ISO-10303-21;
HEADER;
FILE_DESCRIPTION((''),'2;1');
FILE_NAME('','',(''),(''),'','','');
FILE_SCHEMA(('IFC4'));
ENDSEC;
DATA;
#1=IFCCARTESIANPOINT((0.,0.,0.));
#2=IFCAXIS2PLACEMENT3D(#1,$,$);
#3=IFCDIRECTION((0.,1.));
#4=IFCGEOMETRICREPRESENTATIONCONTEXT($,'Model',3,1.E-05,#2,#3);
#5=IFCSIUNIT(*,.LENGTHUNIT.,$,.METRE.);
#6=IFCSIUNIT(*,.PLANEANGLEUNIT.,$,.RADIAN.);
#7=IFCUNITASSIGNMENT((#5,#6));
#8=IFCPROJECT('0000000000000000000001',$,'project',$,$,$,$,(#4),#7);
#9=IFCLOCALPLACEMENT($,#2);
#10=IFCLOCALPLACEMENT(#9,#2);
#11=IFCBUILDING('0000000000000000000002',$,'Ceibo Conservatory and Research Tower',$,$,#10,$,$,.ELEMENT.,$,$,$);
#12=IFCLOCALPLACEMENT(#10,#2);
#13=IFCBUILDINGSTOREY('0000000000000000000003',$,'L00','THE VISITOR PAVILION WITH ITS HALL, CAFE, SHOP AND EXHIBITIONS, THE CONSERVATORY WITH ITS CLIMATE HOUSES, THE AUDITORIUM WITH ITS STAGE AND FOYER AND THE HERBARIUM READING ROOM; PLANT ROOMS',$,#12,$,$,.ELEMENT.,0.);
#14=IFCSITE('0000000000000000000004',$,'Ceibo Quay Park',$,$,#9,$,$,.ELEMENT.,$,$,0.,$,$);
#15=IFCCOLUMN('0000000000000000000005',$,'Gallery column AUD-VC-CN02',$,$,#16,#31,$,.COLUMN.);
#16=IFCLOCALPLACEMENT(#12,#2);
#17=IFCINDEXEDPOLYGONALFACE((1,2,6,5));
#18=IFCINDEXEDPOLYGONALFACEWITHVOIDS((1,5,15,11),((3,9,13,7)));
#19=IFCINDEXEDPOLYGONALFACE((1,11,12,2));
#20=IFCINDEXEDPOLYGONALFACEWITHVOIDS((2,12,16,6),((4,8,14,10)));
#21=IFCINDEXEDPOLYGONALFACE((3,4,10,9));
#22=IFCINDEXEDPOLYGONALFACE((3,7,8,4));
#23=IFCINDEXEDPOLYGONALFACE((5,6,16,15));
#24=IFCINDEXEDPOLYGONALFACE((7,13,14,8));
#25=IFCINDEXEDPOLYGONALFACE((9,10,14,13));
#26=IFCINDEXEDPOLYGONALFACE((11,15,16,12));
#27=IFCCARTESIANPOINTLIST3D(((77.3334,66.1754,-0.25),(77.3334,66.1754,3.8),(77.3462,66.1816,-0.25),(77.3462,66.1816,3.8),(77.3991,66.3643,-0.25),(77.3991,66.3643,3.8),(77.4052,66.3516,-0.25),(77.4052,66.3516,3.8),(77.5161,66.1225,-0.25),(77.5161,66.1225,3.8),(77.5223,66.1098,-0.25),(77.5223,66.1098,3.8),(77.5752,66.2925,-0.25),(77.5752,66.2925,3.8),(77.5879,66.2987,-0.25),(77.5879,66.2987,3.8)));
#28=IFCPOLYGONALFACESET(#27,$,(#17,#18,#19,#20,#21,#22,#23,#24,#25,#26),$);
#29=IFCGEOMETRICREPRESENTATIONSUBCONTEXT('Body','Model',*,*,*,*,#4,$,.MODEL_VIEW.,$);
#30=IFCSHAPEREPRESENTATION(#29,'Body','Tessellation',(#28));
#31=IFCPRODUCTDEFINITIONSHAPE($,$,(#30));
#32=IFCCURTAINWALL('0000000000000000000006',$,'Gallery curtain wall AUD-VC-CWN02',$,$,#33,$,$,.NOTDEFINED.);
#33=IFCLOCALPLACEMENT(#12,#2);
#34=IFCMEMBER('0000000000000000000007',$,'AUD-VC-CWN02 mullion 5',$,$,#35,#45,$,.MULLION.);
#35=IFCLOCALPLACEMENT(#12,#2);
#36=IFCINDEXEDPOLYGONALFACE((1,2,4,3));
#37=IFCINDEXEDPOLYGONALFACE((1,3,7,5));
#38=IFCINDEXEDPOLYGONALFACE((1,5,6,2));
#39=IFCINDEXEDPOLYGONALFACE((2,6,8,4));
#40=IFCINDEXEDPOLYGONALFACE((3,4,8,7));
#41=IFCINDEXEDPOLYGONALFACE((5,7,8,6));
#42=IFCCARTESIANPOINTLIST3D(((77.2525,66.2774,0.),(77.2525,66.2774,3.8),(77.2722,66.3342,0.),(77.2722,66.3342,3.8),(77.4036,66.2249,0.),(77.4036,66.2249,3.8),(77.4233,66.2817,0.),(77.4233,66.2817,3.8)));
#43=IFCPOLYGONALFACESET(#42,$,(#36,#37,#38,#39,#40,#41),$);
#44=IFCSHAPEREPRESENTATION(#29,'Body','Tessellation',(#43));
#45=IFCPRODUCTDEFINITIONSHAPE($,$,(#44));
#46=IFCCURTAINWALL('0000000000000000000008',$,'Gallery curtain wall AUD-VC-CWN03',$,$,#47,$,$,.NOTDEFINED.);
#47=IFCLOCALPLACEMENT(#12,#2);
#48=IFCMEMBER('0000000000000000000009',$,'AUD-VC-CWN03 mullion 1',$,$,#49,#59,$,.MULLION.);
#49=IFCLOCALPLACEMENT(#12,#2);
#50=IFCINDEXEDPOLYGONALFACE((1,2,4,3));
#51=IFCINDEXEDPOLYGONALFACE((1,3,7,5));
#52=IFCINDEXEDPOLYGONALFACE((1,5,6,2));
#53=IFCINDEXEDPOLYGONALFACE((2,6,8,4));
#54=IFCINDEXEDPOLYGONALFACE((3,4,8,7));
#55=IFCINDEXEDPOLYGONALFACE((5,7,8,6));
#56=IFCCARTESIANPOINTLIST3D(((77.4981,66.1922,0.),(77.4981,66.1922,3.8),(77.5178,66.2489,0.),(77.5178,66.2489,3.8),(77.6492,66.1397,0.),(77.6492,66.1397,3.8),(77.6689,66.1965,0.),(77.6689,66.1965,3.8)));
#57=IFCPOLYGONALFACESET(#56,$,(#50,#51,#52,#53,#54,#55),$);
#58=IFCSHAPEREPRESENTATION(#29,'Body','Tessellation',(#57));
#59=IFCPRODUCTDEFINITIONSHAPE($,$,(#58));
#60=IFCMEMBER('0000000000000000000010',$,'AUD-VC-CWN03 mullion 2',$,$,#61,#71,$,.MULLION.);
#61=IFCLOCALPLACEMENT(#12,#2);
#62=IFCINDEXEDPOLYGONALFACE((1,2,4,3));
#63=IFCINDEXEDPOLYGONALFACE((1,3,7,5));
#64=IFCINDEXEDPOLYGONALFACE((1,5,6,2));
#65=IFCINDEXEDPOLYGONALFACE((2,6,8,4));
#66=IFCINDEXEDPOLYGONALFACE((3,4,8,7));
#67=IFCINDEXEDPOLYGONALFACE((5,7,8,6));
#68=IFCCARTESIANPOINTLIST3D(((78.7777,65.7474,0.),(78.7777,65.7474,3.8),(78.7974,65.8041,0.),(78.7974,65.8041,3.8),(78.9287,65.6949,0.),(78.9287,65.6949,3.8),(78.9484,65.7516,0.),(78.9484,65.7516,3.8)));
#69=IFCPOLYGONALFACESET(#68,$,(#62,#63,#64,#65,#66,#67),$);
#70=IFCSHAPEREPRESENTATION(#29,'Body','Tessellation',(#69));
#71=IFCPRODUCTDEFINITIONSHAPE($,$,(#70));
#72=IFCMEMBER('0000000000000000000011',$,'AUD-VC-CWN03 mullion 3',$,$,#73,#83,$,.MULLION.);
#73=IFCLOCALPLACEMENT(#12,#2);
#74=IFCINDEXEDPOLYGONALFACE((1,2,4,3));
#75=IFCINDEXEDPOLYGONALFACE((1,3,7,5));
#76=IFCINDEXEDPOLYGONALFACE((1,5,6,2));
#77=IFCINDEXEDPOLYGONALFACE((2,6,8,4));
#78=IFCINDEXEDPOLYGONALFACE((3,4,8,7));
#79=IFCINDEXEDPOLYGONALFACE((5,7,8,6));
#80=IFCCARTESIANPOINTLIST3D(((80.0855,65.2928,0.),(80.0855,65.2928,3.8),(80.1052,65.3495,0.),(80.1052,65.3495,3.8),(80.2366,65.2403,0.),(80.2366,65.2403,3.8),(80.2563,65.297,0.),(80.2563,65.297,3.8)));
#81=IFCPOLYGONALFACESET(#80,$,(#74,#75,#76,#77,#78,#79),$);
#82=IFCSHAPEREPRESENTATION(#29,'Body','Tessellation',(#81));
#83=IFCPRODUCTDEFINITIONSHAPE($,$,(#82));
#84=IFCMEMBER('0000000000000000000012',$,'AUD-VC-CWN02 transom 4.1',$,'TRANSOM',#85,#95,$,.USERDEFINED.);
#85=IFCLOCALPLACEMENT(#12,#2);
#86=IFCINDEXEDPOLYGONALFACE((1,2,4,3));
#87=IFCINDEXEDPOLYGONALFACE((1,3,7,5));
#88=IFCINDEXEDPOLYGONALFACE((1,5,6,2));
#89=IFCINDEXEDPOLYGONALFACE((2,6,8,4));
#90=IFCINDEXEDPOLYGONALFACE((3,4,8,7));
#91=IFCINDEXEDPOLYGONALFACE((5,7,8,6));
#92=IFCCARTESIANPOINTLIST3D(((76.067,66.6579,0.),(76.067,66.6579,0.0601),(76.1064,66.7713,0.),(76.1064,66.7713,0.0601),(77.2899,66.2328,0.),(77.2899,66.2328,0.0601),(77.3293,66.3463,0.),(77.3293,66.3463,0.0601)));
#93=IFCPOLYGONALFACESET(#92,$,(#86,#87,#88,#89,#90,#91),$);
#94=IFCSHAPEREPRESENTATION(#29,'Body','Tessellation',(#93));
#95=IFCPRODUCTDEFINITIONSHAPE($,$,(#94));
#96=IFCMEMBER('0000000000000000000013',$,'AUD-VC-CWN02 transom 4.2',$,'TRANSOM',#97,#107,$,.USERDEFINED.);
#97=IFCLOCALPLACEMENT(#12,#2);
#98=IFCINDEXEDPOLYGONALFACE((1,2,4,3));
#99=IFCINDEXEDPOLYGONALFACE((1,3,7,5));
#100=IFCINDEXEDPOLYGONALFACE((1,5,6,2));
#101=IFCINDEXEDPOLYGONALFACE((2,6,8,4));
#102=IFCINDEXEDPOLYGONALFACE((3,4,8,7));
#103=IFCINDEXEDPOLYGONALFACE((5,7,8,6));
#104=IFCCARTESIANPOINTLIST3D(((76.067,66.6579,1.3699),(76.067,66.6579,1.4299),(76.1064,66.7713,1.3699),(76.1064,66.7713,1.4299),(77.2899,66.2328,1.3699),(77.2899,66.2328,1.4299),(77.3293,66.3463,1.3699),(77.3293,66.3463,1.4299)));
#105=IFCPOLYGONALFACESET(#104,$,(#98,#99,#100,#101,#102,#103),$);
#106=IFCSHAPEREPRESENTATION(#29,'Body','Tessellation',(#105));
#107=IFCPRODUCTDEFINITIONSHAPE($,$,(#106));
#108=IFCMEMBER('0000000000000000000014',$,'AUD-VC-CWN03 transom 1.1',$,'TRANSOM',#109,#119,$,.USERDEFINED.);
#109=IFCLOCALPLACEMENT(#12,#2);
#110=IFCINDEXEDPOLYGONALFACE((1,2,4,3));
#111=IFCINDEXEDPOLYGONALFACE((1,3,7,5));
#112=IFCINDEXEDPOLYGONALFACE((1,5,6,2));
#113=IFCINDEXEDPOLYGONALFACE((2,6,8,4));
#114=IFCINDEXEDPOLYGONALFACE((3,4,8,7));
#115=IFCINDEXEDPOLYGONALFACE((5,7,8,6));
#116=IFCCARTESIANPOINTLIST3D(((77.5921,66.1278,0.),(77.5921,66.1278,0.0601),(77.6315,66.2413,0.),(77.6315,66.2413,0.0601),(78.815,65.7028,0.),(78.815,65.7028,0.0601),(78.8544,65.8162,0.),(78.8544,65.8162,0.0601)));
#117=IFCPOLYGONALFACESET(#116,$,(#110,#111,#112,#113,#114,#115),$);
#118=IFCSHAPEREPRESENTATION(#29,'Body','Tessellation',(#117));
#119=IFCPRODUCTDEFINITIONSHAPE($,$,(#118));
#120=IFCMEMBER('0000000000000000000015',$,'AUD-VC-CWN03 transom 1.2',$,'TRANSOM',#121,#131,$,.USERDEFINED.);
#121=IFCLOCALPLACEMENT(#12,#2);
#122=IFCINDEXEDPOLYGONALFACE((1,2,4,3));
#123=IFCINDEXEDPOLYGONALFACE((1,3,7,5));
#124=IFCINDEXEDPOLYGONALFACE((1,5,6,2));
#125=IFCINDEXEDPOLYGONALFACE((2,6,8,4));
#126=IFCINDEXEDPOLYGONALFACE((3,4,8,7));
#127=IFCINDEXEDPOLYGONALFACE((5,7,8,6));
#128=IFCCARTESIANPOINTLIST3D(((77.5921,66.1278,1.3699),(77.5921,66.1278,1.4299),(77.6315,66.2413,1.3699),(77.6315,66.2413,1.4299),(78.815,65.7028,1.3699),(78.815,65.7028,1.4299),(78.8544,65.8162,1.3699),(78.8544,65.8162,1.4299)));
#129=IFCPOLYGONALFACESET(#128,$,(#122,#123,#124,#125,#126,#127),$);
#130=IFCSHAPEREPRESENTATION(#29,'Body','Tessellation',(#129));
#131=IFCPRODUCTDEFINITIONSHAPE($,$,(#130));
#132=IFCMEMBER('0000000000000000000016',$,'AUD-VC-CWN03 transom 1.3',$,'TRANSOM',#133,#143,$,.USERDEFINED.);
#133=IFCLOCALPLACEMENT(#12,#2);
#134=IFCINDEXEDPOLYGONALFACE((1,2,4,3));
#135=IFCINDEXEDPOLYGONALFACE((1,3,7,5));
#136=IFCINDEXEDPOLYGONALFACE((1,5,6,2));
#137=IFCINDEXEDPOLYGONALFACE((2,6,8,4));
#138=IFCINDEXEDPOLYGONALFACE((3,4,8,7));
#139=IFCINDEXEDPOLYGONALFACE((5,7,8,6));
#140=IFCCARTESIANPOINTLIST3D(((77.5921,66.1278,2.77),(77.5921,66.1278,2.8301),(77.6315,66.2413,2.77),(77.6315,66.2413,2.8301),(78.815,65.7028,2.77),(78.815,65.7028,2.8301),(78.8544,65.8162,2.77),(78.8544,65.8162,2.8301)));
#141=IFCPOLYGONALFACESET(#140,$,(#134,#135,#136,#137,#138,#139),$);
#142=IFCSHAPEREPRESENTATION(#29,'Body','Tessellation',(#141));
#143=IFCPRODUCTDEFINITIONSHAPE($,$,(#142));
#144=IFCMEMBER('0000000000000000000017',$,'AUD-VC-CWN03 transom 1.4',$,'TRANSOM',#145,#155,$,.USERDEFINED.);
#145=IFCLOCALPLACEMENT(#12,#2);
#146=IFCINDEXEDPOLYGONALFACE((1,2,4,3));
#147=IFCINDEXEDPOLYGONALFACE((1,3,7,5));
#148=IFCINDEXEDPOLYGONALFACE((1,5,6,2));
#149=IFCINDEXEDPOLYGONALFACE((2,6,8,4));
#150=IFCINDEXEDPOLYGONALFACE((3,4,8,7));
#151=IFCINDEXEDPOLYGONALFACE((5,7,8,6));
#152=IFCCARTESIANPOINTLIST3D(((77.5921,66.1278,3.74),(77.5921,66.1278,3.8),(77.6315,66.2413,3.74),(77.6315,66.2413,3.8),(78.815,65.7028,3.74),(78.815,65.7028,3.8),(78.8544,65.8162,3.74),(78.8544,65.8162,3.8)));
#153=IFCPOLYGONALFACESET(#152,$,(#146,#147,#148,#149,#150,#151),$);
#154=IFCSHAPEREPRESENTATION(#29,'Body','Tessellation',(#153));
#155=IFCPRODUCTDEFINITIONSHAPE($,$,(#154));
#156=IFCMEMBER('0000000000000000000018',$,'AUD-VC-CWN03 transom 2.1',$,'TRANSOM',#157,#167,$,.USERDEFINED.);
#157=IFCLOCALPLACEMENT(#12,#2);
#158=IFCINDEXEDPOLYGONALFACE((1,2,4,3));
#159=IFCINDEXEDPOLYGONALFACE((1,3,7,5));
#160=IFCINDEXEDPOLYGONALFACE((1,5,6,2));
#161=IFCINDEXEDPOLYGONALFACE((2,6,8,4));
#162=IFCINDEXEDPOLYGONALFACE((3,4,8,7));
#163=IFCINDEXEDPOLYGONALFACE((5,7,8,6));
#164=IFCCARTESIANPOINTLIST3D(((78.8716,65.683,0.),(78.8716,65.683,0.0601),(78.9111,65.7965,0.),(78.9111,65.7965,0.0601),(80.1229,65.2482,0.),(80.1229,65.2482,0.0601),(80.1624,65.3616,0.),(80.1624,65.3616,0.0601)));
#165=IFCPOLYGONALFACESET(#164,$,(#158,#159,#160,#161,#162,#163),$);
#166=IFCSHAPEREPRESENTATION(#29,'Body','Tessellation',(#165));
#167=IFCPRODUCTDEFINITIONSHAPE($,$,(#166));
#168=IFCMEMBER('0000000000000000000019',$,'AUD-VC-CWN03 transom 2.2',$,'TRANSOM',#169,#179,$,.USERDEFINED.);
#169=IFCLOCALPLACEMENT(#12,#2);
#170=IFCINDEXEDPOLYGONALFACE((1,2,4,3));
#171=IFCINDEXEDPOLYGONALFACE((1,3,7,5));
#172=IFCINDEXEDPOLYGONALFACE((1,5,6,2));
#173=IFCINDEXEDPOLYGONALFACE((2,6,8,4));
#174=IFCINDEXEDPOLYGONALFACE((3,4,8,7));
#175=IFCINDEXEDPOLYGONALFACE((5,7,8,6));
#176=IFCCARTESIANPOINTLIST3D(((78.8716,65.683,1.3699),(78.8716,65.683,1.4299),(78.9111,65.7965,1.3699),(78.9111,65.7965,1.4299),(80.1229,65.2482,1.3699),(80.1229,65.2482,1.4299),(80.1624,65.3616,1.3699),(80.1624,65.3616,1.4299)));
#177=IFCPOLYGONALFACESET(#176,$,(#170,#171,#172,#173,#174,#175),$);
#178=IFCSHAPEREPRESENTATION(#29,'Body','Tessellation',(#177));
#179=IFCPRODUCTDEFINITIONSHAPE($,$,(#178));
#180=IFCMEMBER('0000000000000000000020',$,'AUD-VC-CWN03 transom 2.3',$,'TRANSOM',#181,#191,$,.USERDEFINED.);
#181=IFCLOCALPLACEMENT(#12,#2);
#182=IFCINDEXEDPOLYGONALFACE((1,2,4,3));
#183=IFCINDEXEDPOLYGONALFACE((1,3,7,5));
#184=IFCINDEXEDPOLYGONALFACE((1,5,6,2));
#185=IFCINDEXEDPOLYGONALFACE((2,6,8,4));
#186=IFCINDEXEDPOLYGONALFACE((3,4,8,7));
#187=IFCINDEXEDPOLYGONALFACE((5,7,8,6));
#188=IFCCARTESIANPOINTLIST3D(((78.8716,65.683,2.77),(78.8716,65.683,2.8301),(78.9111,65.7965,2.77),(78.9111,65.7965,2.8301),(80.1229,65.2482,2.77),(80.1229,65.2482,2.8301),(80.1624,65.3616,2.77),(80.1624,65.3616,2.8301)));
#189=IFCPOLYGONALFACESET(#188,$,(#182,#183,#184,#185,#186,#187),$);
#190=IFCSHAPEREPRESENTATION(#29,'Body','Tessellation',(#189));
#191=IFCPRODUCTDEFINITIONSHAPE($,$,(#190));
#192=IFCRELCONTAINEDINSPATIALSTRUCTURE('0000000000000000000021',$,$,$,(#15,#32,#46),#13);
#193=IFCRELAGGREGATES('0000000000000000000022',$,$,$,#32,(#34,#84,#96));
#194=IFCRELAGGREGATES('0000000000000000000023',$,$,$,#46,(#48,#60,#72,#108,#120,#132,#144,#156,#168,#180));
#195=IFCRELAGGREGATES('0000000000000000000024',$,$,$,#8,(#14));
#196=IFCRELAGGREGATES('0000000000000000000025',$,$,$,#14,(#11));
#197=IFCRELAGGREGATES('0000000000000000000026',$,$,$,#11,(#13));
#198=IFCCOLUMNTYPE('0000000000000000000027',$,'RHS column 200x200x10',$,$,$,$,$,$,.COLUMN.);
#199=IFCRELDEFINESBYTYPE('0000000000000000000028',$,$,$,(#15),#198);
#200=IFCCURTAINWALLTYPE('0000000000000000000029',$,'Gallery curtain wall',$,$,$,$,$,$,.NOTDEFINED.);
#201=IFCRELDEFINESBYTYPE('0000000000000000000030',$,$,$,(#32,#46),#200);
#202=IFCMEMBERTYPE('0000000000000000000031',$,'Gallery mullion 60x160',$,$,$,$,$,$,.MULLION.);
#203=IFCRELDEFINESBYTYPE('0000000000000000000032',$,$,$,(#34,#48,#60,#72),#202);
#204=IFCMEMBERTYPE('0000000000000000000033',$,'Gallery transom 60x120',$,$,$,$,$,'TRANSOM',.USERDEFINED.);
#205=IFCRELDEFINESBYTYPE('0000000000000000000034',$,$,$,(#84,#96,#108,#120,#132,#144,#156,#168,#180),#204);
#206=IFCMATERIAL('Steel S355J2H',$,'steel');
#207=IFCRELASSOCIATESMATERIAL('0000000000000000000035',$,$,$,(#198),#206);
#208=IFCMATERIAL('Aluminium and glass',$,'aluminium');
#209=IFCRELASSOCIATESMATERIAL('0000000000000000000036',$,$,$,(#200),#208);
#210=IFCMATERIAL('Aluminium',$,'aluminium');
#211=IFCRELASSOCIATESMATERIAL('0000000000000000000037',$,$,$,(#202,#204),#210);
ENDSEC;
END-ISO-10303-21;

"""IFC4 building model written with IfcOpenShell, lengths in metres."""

from ifc_helpers import new_model, si_unit, direction, frame, origin, origin_2d, place, context, subcontext, project, spatial, rectangle, hollow_rectangle, extrude, material, material_profile, profile_set, type_object, element, aggregate, save


model = new_model("IFC4")

# Units and contexts
model_context = context("Model", 3, precision=1e-05, world=origin(), true_north=direction((0.0, 1.0)))
body_context = subcontext(model_context, "Body", "Model", "MODEL_VIEW")
ifc_project = project(units=[si_unit("LENGTHUNIT", "METRE"), si_unit("PLANEANGLEUNIT", "RADIAN")], contexts=[model_context])

# Site, building, storey
site_placement = place(None, origin())
site = spatial("IfcSite", under=ifc_project, at=site_placement, Name="Ceibo Quay Park", CompositionType="ELEMENT", RefElevation=0.0)
building_placement = place(site_placement, origin())
building = spatial("IfcBuilding", under=site, at=building_placement, Name="Ceibo Conservatory and Research Tower", CompositionType="ELEMENT")
storey_placement = place(building_placement, origin())
storey = spatial("IfcBuildingStorey", under=building, at=storey_placement, Name="L00", Description="THE VISITOR PAVILION WITH ITS HALL, CAFE, SHOP AND EXHIBITIONS, THE CONSERVATORY WITH ITS CLIMATE HOUSES, THE AUDITORIUM WITH ITS STAGE AND FOYER AND THE HERBARIUM READING ROOM; PLANT ROOMS", CompositionType="ELEMENT", Elevation=0.0)

# Column
ifc_material_1 = material(Name="Steel S355J2H", Category="steel")
ifc_material_profile_1 = material_profile(ifc_material_1, hollow_rectangle(XDim=0.2, YDim=0.2, WallThickness=0.01, at=origin_2d()), Name="RHS column 200x200x10")
ifc_profile_set_1 = profile_set([ifc_material_profile_1], Name="Steel S355J2H")
column_type = type_object("IfcColumnType", Name="RHS column 200x200x10", PredefinedType="COLUMN", material=ifc_profile_set_1)
column_placement = place(storey_placement, frame((77.4607, 66.2371, -0.25), z_axis=(0.0, 0.0, 1.0), x_axis=(0.944579, -0.328284, 0.0)))
element("IfcColumn", 1, at=column_placement, inside=storey, type_object=column_type, Name="Gallery column AUD-VC-CN02", PredefinedType="COLUMN", context=body_context, shape_type="SweptSolid", body=[
    extrude(hollow_rectangle(XDim=0.2, YDim=0.2, WallThickness=0.01, at=origin_2d()), origin(), (0.0, 0.0, 1.0), 4.05),
])

# Curtain wall, member
ifc_material_2 = material(Name="Aluminium and glass", Category="aluminium")
curtain_wall_type = type_object("IfcCurtainWallType", Name="Gallery curtain wall", PredefinedType="NOTDEFINED", material=ifc_material_2)
curtain_wall_1_placement = place(storey_placement, origin())
curtain_wall_1 = element("IfcCurtainWall", 2, at=curtain_wall_1_placement, inside=storey, type_object=curtain_wall_type, Name="Gallery curtain wall AUD-VC-CWN02", PredefinedType="NOTDEFINED")
ifc_material_3 = material(Name="Aluminium", Category="aluminium")
ifc_material_profile_2 = material_profile(ifc_material_3, rectangle(XDim=0.0601, YDim=0.1599, at=origin_2d()), Name="AL 60x160")
ifc_profile_set_2 = profile_set([ifc_material_profile_2], Name="Aluminium")
member_type_1 = type_object("IfcMemberType", Name="Gallery mullion 60x160", PredefinedType="MULLION", material=ifc_profile_set_2)
member_1_placement = place(storey_placement, frame((77.3379, 66.2795, 0.0), z_axis=(0.0, 0.0, 1.0), x_axis=(0.328284, 0.944579, 0.0)))
member_1 = element("IfcMember", 3, at=member_1_placement, type_object=member_type_1, Name="AUD-VC-CWN02 mullion 5", PredefinedType="MULLION", context=body_context, shape_type="SweptSolid", body=[
    extrude(rectangle(XDim=0.0601, YDim=0.1599, at=origin_2d()), origin(), (0.0, 0.0, 1.0), 3.8),
])

# Curtain wall, members
curtain_wall_2_placement = place(storey_placement, origin())
curtain_wall_2 = element("IfcCurtainWall", 4, at=curtain_wall_2_placement, inside=storey, type_object=curtain_wall_type, Name="Gallery curtain wall AUD-VC-CWN03", PredefinedType="NOTDEFINED")
member_2_placement = place(storey_placement, frame((77.5835, 66.1943, 0.0), z_axis=(0.0, 0.0, 1.0), x_axis=(0.328284, 0.944579, 0.0)))
member_2 = element("IfcMember", 5, at=member_2_placement, type_object=member_type_1, Name="AUD-VC-CWN03 mullion 1", PredefinedType="MULLION", context=body_context, shape_type="SweptSolid", body=[
    extrude(rectangle(XDim=0.0601, YDim=0.1599, at=origin_2d()), origin(), (0.0, 0.0, 1.0), 3.8),
])
member_3_placement = place(storey_placement, frame((78.863, 65.7495, 0.0), z_axis=(0.0, 0.0, 1.0), x_axis=(0.328284, 0.944579, 0.0)))
member_3 = element("IfcMember", 6, at=member_3_placement, type_object=member_type_1, Name="AUD-VC-CWN03 mullion 2", PredefinedType="MULLION", context=body_context, shape_type="SweptSolid", body=[
    extrude(rectangle(XDim=0.0601, YDim=0.1599, at=origin_2d()), origin(), (0.0, 0.0, 1.0), 3.8),
])
member_4_placement = place(storey_placement, frame((80.1709, 65.2949, 0.0), z_axis=(0.0, 0.0, 1.0), x_axis=(0.328284, 0.944579, 0.0)))
member_4 = element("IfcMember", 7, at=member_4_placement, type_object=member_type_1, Name="AUD-VC-CWN03 mullion 3", PredefinedType="MULLION", context=body_context, shape_type="SweptSolid", body=[
    extrude(rectangle(XDim=0.0601, YDim=0.1599, at=origin_2d()), origin(), (0.0, 0.0, 1.0), 3.8),
])

# Members
ifc_material_profile_3 = material_profile(ifc_material_3, rectangle(XDim=0.1201, YDim=0.0601, at=origin_2d()), Name="AL 60x120")
ifc_profile_set_3 = profile_set([ifc_material_profile_3], Name="Aluminium")
member_type_2 = type_object("IfcMemberType", Name="Gallery transom 60x120", ElementType="TRANSOM", PredefinedType="USERDEFINED", material=ifc_profile_set_3)
member_5_placement = place(storey_placement, frame((76.0867, 66.7146, 0.03), z_axis=(0.944571, -0.328309, 0.0), x_axis=(0.328309, 0.944571, 0.0)))
member_5 = element("IfcMember", 8, at=member_5_placement, type_object=member_type_2, Name="AUD-VC-CWN02 transom 4.1", ObjectType="TRANSOM", PredefinedType="USERDEFINED", context=body_context, shape_type="SweptSolid", body=[
    extrude(rectangle(XDim=0.1201, YDim=0.0601, at=origin_2d()), origin(), (0.0, 0.0, 1.0), 1.2947),
])
member_6_placement = place(storey_placement, frame((76.0867, 66.7146, 1.3999), z_axis=(0.944571, -0.328309, 0.0), x_axis=(0.328309, 0.944571, 0.0)))
member_6 = element("IfcMember", 9, at=member_6_placement, type_object=member_type_2, Name="AUD-VC-CWN02 transom 4.2", ObjectType="TRANSOM", PredefinedType="USERDEFINED", context=body_context, shape_type="SweptSolid", body=[
    extrude(rectangle(XDim=0.1201, YDim=0.0601, at=origin_2d()), origin(), (0.0, 0.0, 1.0), 1.2947),
])
member_7_placement = place(storey_placement, frame((77.6118, 66.1846, 0.03), z_axis=(0.944571, -0.328309, 0.0), x_axis=(0.328309, 0.944571, 0.0)))
member_7 = element("IfcMember", 10, at=member_7_placement, type_object=member_type_2, Name="AUD-VC-CWN03 transom 1.1", ObjectType="TRANSOM", PredefinedType="USERDEFINED", context=body_context, shape_type="SweptSolid", body=[
    extrude(rectangle(XDim=0.1201, YDim=0.0601, at=origin_2d()), origin(), (0.0, 0.0, 1.0), 1.2947),
])
member_8_placement = place(storey_placement, frame((77.6118, 66.1846, 1.3999), z_axis=(0.944571, -0.328309, 0.0), x_axis=(0.328309, 0.944571, 0.0)))
member_8 = element("IfcMember", 11, at=member_8_placement, type_object=member_type_2, Name="AUD-VC-CWN03 transom 1.2", ObjectType="TRANSOM", PredefinedType="USERDEFINED", context=body_context, shape_type="SweptSolid", body=[
    extrude(rectangle(XDim=0.1201, YDim=0.0601, at=origin_2d()), origin(), (0.0, 0.0, 1.0), 1.2947),
])
member_9_placement = place(storey_placement, frame((77.6118, 66.1846, 2.8), z_axis=(0.944571, -0.328309, 0.0), x_axis=(0.328309, 0.944571, 0.0)))
member_9 = element("IfcMember", 12, at=member_9_placement, type_object=member_type_2, Name="AUD-VC-CWN03 transom 1.3", ObjectType="TRANSOM", PredefinedType="USERDEFINED", context=body_context, shape_type="SweptSolid", body=[
    extrude(rectangle(XDim=0.1201, YDim=0.0601, at=origin_2d()), origin(), (0.0, 0.0, 1.0), 1.2947),
])
member_10_placement = place(storey_placement, frame((77.6118, 66.1846, 3.77), z_axis=(0.944571, -0.328309, 0.0), x_axis=(0.328309, 0.944571, 0.0)))
member_10 = element("IfcMember", 13, at=member_10_placement, type_object=member_type_2, Name="AUD-VC-CWN03 transom 1.4", ObjectType="TRANSOM", PredefinedType="USERDEFINED", context=body_context, shape_type="SweptSolid", body=[
    extrude(rectangle(XDim=0.1201, YDim=0.0601, at=origin_2d()), origin(), (0.0, 0.0, 1.0), 1.2947),
])
member_11_placement = place(storey_placement, frame((78.8914, 65.7397, 0.03), z_axis=(0.944589, -0.328256, 0.0), x_axis=(0.328256, 0.944589, 0.0)))
member_11 = element("IfcMember", 14, at=member_11_placement, type_object=member_type_2, Name="AUD-VC-CWN03 transom 2.1", ObjectType="TRANSOM", PredefinedType="USERDEFINED", context=body_context, shape_type="SweptSolid", body=[
    extrude(rectangle(XDim=0.1201, YDim=0.0601, at=origin_2d()), origin(), (0.0, 0.0, 1.0), 1.3247),
])
member_12_placement = place(storey_placement, frame((78.8914, 65.7397, 1.3999), z_axis=(0.944589, -0.328256, 0.0), x_axis=(0.328256, 0.944589, 0.0)))
member_12 = element("IfcMember", 15, at=member_12_placement, type_object=member_type_2, Name="AUD-VC-CWN03 transom 2.2", ObjectType="TRANSOM", PredefinedType="USERDEFINED", context=body_context, shape_type="SweptSolid", body=[
    extrude(rectangle(XDim=0.1201, YDim=0.0601, at=origin_2d()), origin(), (0.0, 0.0, 1.0), 1.3247),
])
member_13_placement = place(storey_placement, frame((78.8914, 65.7397, 2.8), z_axis=(0.944589, -0.328256, 0.0), x_axis=(0.328256, 0.944589, 0.0)))
member_13 = element("IfcMember", 16, at=member_13_placement, type_object=member_type_2, Name="AUD-VC-CWN03 transom 2.3", ObjectType="TRANSOM", PredefinedType="USERDEFINED", context=body_context, shape_type="SweptSolid", body=[
    extrude(rectangle(XDim=0.1201, YDim=0.0601, at=origin_2d()), origin(), (0.0, 0.0, 1.0), 1.3247),
])

aggregate(curtain_wall_1, [member_1, member_5, member_6])
aggregate(curtain_wall_2, [member_2, member_3, member_4, member_7, member_8, member_9, member_10, member_11, member_12, member_13])

save(model, "model.ifc")
